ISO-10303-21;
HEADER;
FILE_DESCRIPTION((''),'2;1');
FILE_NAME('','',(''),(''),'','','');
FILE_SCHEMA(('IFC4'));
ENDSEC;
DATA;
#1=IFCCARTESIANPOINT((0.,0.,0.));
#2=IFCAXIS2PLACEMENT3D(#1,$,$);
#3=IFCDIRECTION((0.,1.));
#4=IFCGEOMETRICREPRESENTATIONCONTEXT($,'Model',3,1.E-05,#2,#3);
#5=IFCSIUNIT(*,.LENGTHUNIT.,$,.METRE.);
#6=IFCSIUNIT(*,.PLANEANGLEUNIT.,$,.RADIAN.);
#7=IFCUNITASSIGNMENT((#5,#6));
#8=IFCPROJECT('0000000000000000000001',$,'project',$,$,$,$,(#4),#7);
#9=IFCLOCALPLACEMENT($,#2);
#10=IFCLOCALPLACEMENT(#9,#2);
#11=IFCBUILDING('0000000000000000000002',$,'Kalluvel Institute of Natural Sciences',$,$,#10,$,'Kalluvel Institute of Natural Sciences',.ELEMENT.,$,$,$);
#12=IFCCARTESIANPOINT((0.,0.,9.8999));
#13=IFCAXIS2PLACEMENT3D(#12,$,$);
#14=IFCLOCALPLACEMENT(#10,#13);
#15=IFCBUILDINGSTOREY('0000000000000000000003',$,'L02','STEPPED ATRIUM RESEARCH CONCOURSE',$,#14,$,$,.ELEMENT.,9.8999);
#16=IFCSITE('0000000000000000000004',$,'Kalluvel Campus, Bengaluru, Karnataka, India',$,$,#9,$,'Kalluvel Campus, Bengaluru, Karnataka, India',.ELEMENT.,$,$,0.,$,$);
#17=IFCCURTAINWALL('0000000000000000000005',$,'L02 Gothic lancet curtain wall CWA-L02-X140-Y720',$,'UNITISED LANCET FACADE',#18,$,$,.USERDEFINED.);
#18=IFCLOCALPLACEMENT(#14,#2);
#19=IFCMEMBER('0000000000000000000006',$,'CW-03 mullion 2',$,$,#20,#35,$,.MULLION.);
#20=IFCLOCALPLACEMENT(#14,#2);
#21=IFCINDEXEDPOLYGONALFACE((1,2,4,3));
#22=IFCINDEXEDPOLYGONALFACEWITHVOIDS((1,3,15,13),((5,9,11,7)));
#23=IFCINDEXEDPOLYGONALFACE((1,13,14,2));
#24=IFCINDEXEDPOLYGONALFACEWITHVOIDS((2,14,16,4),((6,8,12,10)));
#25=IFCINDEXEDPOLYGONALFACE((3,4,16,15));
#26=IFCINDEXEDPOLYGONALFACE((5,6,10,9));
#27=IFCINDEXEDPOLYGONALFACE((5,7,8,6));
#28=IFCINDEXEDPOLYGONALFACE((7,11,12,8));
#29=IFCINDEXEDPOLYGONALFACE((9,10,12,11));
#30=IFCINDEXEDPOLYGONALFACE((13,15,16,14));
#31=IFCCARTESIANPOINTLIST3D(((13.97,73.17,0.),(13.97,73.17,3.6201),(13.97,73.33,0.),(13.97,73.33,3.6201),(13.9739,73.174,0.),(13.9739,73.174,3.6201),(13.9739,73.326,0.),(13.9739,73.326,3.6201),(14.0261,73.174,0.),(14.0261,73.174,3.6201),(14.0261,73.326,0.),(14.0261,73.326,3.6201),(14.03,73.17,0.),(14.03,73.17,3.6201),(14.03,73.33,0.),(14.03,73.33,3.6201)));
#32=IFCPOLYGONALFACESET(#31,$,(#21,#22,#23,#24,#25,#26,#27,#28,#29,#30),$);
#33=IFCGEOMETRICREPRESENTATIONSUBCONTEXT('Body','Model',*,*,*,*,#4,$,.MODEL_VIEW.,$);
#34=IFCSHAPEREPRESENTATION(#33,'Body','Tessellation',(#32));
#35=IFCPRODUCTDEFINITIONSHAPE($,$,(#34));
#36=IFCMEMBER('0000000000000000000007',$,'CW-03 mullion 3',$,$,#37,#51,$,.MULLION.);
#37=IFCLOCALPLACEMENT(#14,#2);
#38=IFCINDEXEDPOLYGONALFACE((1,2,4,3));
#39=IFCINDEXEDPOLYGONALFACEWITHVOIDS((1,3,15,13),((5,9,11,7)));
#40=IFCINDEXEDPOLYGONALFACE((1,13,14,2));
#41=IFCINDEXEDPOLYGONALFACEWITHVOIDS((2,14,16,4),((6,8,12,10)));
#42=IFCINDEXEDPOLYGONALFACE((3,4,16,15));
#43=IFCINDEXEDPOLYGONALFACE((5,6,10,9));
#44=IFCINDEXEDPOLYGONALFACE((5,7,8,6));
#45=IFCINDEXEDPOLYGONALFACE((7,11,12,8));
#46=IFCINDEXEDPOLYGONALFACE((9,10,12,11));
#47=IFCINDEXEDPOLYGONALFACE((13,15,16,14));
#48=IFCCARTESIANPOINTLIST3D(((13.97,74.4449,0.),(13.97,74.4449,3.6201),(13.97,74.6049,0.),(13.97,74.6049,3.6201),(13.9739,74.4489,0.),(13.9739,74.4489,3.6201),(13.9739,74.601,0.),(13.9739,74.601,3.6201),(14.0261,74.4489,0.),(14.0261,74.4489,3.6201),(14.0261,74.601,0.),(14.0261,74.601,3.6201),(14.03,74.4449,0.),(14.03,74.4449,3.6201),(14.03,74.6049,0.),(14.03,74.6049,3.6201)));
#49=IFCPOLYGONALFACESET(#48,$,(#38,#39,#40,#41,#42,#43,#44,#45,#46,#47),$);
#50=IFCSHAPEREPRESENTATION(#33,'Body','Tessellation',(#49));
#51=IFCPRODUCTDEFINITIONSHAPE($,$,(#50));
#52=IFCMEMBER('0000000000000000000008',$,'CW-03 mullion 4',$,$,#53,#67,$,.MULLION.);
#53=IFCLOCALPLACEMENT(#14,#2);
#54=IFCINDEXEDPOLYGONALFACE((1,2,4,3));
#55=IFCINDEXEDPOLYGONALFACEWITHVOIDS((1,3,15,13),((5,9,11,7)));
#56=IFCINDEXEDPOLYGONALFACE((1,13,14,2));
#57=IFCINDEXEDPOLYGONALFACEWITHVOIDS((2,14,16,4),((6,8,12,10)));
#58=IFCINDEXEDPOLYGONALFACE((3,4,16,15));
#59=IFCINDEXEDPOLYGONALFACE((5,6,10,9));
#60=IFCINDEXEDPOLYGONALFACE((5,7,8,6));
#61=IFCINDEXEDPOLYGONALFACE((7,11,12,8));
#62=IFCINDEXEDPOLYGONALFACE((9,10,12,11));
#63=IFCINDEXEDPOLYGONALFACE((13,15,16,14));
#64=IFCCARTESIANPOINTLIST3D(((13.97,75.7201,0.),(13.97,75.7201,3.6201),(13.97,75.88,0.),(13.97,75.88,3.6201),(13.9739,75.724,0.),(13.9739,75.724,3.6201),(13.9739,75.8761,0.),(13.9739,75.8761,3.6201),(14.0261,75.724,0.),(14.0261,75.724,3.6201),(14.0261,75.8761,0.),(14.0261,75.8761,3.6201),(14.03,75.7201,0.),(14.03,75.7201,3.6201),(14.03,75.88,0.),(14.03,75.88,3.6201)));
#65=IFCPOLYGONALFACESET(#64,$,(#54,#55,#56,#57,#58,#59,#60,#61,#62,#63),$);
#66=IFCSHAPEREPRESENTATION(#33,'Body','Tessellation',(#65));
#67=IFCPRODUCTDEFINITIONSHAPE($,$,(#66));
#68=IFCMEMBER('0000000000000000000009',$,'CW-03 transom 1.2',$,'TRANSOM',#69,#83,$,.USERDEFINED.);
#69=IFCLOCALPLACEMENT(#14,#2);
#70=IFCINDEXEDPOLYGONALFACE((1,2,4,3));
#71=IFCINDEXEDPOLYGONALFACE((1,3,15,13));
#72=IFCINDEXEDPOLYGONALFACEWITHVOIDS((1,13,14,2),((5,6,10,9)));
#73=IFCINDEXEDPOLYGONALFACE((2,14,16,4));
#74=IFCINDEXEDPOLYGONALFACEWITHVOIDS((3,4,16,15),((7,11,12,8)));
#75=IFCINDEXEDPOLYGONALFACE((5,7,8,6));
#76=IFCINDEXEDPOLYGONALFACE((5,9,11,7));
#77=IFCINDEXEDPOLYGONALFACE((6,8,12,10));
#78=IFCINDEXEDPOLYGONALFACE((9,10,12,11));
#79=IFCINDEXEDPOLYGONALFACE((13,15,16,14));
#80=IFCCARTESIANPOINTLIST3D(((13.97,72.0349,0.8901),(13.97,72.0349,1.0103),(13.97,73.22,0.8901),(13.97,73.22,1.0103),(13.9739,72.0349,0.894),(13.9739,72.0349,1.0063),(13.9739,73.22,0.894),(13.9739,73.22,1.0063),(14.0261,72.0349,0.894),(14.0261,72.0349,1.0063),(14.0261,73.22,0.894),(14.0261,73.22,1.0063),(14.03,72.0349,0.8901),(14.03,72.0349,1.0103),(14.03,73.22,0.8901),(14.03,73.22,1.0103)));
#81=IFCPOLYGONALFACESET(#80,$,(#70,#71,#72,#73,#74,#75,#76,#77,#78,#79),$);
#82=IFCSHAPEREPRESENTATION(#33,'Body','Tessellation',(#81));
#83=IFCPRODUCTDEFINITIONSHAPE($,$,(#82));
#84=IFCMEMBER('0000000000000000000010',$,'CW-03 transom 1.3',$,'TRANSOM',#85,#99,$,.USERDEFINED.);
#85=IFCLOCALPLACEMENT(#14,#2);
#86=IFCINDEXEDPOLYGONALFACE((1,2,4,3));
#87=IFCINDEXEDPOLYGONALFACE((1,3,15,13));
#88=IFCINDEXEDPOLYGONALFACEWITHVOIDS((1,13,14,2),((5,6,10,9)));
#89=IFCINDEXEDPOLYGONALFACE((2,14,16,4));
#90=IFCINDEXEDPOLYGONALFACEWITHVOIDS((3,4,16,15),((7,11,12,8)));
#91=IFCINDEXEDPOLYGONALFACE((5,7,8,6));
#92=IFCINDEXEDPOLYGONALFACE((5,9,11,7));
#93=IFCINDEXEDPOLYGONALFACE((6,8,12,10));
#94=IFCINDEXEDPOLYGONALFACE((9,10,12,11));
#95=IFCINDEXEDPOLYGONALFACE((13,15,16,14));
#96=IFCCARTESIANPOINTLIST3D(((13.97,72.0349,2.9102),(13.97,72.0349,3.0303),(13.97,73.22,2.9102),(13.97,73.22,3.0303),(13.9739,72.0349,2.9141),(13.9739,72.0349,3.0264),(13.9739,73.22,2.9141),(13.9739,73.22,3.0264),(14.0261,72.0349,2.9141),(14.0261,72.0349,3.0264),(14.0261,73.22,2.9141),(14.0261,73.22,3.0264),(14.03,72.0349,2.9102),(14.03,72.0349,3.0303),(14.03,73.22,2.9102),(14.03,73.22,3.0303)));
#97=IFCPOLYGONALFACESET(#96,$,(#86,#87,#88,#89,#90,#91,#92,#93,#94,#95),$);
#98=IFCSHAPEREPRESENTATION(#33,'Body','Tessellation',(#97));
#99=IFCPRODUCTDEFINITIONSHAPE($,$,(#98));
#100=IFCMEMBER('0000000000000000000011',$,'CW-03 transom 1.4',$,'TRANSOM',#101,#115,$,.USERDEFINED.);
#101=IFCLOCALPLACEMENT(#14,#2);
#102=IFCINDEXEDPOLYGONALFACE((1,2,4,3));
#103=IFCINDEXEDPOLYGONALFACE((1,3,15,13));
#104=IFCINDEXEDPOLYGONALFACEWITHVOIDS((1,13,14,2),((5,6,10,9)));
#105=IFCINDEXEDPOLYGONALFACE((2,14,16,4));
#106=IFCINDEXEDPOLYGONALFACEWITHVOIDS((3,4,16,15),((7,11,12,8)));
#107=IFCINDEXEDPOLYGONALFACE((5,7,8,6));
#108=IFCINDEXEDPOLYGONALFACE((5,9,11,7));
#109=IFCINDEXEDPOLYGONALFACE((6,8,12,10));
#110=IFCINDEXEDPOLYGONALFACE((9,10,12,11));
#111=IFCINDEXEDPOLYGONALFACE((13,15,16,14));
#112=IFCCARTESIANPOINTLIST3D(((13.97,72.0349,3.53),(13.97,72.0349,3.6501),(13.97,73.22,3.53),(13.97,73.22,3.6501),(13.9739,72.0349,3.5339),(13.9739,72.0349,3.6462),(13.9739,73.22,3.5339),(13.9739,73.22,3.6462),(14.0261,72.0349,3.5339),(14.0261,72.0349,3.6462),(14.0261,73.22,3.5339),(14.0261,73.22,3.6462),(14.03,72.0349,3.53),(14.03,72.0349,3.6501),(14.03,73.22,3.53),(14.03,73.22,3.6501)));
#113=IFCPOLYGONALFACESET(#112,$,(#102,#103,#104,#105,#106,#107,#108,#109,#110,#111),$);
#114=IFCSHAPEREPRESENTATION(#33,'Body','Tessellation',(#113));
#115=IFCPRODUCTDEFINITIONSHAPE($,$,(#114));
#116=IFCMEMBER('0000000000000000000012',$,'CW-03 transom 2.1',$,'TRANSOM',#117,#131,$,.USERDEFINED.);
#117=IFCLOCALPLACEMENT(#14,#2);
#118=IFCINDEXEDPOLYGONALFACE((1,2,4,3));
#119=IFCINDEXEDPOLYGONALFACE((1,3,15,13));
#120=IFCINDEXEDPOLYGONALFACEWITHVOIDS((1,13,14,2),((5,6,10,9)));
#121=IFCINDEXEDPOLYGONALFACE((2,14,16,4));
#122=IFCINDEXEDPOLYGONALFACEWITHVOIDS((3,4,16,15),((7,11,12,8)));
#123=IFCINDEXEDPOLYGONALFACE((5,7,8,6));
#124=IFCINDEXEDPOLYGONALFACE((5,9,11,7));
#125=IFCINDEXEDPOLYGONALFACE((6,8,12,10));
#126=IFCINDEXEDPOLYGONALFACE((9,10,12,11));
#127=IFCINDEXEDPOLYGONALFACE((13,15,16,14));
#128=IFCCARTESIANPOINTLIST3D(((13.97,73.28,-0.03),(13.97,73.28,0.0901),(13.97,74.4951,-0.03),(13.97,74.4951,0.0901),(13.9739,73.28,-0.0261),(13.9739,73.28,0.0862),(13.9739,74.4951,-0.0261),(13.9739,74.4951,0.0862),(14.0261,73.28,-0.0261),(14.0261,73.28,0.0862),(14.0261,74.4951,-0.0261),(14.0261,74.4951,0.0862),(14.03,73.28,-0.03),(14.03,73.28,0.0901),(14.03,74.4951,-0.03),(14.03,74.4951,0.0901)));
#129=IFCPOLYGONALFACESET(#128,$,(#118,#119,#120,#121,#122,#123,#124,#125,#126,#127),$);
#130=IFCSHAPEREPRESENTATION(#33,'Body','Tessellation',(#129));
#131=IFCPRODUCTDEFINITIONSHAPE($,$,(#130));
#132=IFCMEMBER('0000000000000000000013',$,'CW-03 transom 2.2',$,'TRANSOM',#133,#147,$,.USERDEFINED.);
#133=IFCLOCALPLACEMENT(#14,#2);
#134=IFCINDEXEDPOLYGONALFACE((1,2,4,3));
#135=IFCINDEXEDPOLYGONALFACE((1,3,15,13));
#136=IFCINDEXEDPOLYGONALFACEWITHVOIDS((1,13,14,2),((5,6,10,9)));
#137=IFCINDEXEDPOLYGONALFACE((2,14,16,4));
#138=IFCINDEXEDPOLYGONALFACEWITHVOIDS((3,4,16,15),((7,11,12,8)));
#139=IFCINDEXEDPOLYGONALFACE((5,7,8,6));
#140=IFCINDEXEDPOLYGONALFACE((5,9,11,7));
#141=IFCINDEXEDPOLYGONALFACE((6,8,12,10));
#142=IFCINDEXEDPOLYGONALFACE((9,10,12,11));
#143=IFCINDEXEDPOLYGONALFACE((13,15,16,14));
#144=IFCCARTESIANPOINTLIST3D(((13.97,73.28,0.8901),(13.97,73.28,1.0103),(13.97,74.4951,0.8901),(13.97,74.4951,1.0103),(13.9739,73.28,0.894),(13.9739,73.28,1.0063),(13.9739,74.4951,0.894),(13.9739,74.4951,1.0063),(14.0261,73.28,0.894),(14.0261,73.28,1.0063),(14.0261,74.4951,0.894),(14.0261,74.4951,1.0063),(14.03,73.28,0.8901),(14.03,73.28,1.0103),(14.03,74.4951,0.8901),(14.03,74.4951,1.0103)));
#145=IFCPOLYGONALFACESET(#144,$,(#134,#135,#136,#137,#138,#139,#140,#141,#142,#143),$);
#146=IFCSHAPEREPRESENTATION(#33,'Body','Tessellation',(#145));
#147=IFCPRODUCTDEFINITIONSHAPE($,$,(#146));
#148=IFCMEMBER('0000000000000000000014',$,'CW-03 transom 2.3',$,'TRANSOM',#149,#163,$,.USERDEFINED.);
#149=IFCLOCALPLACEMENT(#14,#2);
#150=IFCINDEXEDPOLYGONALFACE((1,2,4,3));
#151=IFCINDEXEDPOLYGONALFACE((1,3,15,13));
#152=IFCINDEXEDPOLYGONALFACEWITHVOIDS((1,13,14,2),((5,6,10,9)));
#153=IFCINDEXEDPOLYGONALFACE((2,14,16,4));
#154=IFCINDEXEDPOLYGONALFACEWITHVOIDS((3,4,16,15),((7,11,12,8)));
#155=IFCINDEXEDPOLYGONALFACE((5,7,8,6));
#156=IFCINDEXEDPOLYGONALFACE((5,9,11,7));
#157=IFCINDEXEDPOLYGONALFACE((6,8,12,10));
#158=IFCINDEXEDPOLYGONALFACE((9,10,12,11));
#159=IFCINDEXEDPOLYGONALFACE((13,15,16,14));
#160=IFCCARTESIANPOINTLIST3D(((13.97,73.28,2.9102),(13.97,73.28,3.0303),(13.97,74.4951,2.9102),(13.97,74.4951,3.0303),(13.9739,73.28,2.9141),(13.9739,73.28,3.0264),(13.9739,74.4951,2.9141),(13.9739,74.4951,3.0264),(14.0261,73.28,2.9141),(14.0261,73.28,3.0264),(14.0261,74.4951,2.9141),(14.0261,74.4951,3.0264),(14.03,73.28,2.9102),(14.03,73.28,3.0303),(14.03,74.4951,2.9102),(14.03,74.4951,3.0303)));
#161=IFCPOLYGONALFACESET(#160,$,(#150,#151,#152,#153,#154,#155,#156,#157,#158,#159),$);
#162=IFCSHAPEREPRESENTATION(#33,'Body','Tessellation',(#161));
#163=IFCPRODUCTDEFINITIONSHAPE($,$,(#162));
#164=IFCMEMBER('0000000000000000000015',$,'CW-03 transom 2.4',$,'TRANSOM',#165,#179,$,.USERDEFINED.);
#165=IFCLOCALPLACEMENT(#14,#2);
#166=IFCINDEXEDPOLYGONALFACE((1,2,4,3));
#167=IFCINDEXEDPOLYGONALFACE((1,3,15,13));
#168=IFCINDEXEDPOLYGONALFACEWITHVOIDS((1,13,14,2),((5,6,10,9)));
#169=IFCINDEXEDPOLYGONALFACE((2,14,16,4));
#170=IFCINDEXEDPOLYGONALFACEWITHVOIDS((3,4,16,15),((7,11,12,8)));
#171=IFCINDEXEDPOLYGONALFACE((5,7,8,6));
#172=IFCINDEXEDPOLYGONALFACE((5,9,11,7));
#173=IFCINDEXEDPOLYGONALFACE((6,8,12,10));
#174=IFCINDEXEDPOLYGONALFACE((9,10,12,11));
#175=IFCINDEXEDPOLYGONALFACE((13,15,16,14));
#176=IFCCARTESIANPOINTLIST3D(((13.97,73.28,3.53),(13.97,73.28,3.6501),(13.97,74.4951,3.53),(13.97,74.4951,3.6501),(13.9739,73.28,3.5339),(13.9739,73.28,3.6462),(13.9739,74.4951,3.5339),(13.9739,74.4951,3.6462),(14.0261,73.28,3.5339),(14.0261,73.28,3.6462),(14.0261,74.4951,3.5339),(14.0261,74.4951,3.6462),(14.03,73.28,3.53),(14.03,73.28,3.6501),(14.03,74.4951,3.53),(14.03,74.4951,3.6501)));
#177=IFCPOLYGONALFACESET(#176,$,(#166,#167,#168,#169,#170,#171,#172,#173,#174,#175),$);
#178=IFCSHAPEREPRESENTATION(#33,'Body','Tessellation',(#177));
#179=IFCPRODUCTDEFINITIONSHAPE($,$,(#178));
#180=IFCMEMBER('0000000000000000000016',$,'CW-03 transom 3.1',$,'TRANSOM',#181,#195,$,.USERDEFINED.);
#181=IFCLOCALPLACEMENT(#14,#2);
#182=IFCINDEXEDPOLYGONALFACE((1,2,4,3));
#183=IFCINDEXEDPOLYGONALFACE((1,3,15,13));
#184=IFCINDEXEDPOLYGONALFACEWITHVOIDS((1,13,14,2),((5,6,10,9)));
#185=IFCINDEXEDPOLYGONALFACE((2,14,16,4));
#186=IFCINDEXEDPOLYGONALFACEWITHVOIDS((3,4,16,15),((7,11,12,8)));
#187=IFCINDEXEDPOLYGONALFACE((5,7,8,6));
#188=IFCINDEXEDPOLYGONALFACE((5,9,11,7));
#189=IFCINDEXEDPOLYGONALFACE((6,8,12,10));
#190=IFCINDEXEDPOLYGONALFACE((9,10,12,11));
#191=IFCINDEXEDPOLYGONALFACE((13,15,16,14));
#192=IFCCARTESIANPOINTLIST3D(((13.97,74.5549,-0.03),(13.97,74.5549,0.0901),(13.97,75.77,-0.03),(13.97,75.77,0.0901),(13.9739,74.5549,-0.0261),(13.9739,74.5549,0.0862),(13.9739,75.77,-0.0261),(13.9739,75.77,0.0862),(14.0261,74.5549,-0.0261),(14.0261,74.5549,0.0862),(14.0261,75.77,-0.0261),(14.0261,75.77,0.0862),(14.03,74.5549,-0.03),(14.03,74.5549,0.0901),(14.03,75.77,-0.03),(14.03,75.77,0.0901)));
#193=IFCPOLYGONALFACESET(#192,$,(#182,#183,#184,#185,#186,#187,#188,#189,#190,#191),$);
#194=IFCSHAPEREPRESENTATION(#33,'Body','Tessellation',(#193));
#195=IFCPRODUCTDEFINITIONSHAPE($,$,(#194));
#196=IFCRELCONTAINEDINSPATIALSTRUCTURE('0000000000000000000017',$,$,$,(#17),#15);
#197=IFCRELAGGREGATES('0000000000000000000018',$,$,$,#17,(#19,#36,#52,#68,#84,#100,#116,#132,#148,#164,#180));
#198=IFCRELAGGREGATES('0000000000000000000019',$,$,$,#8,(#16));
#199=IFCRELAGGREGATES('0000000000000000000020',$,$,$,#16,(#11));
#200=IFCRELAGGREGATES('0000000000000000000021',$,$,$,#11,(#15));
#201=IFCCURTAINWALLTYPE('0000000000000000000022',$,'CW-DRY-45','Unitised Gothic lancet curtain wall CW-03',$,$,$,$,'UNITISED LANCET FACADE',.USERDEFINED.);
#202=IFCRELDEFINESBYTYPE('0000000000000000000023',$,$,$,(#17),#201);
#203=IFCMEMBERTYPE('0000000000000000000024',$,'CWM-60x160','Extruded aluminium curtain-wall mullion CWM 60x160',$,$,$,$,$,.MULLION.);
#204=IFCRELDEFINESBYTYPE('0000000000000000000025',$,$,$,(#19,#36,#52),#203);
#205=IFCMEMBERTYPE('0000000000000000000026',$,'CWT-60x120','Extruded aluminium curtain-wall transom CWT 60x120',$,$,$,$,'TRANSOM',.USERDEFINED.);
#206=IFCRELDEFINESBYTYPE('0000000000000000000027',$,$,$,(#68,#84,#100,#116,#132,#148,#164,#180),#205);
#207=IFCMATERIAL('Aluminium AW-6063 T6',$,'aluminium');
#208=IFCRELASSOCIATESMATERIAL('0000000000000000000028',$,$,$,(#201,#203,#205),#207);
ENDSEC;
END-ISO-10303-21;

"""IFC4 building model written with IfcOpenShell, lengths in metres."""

from ifc_helpers import new_model, si_unit, direction, frame, origin, origin_2d, place, context, subcontext, project, spatial, hollow_rectangle, extrude, material, material_profile, profile_set, type_object, element, aggregate, save


model = new_model("IFC4")

# Units and contexts
model_context = context("Model", 3, precision=1e-05, world=origin(), true_north=direction((0.0, 1.0)))
body_context = subcontext(model_context, "Body", "Model", "MODEL_VIEW")
ifc_project = project(units=[si_unit("LENGTHUNIT", "METRE"), si_unit("PLANEANGLEUNIT", "RADIAN")], contexts=[model_context])

# Site, building, storey
site_placement = place(None, origin())
site = spatial("IfcSite", under=ifc_project, at=site_placement, Name="Kalluvel Campus, Bengaluru, Karnataka, India", LongName="Kalluvel Campus, Bengaluru, Karnataka, India", CompositionType="ELEMENT", RefElevation=0.0)
building_placement = place(site_placement, origin())
building = spatial("IfcBuilding", under=site, at=building_placement, Name="Kalluvel Institute of Natural Sciences", LongName="Kalluvel Institute of Natural Sciences", CompositionType="ELEMENT")
storey_placement = place(building_placement, frame((0.0, 0.0, 9.8999)))
storey = spatial("IfcBuildingStorey", under=building, at=storey_placement, Name="L02", Description="STEPPED ATRIUM RESEARCH CONCOURSE", CompositionType="ELEMENT", Elevation=9.8999)

# Curtain wall, members
ifc_material_1 = material(Name="Aluminium AW-6063 T6", Category="aluminium")
curtain_wall_type = type_object("IfcCurtainWallType", Name="CW-DRY-45", Description="Unitised Gothic lancet curtain wall CW-03", ElementType="UNITISED LANCET FACADE", PredefinedType="USERDEFINED", material=ifc_material_1)
curtain_wall_placement = place(storey_placement, origin())
curtain_wall = element("IfcCurtainWall", 1, at=curtain_wall_placement, inside=storey, type_object=curtain_wall_type, Name="L02 Gothic lancet curtain wall CWA-L02-X140-Y720", ObjectType="UNITISED LANCET FACADE", PredefinedType="USERDEFINED")
ifc_material_profile_1 = material_profile(ifc_material_1, hollow_rectangle(XDim=0.0601, YDim=0.1599, WallThickness=0.0039, at=origin_2d()), Name="CWM 60x160")
ifc_profile_set_1 = profile_set([ifc_material_profile_1], Name="Aluminium AW-6063 T6")
member_type_1 = type_object("IfcMemberType", Name="CWM-60x160", Description="Extruded aluminium curtain-wall mullion CWM 60x160", PredefinedType="MULLION", material=ifc_profile_set_1)
member_1_placement = place(storey_placement, frame((14.0, 73.25, 0.0), z_axis=(0.0, 0.0, 1.0), x_axis=(-1.0, 0.0, 0.0)))
member_1 = element("IfcMember", 2, at=member_1_placement, type_object=member_type_1, Name="CW-03 mullion 2", PredefinedType="MULLION", context=body_context, shape_type="SweptSolid", body=[
    extrude(hollow_rectangle(XDim=0.0601, YDim=0.1599, WallThickness=0.0039, at=origin_2d()), origin(), (0.0, 0.0, 1.0), 3.6201),
])
member_2_placement = place(storey_placement, frame((14.0, 74.5249, 0.0), z_axis=(0.0, 0.0, 1.0), x_axis=(-1.0, 0.0, 0.0)))
member_2 = element("IfcMember", 3, at=member_2_placement, type_object=member_type_1, Name="CW-03 mullion 3", PredefinedType="MULLION", context=body_context, shape_type="SweptSolid", body=[
    extrude(hollow_rectangle(XDim=0.0601, YDim=0.1599, WallThickness=0.0039, at=origin_2d()), origin(), (0.0, 0.0, 1.0), 3.6201),
])
member_3_placement = place(storey_placement, frame((14.0, 75.8, 0.0), z_axis=(0.0, 0.0, 1.0), x_axis=(-1.0, 0.0, 0.0)))
member_3 = element("IfcMember", 4, at=member_3_placement, type_object=member_type_1, Name="CW-03 mullion 4", PredefinedType="MULLION", context=body_context, shape_type="SweptSolid", body=[
    extrude(hollow_rectangle(XDim=0.0601, YDim=0.1599, WallThickness=0.0039, at=origin_2d()), origin(), (0.0, 0.0, 1.0), 3.6201),
])
ifc_material_profile_2 = material_profile(ifc_material_1, hollow_rectangle(XDim=0.0601, YDim=0.1201, WallThickness=0.0039, at=origin_2d()), Name="CWT 60x120")
ifc_profile_set_2 = profile_set([ifc_material_profile_2], Name="Aluminium AW-6063 T6")
member_type_2 = type_object("IfcMemberType", Name="CWT-60x120", Description="Extruded aluminium curtain-wall transom CWT 60x120", ElementType="TRANSOM", PredefinedType="USERDEFINED", material=ifc_profile_set_2)
member_4_placement = place(storey_placement, frame((14.0, 72.0349, 0.9502), z_axis=(0.0, 1.0, 0.0), x_axis=(-1.0, 0.0, 0.0)))
member_4 = element("IfcMember", 5, at=member_4_placement, type_object=member_type_2, Name="CW-03 transom 1.2", ObjectType="TRANSOM", PredefinedType="USERDEFINED", context=body_context, shape_type="SweptSolid", body=[
    extrude(hollow_rectangle(XDim=0.0601, YDim=0.1201, WallThickness=0.0039, at=origin_2d()), origin(), (0.0, 0.0, 1.0), 1.1851),
])
member_5_placement = place(storey_placement, frame((14.0, 72.0349, 2.9702), z_axis=(0.0, 1.0, 0.0), x_axis=(-1.0, 0.0, 0.0)))
member_5 = element("IfcMember", 6, at=member_5_placement, type_object=member_type_2, Name="CW-03 transom 1.3", ObjectType="TRANSOM", PredefinedType="USERDEFINED", context=body_context, shape_type="SweptSolid", body=[
    extrude(hollow_rectangle(XDim=0.0601, YDim=0.1201, WallThickness=0.0039, at=origin_2d()), origin(), (0.0, 0.0, 1.0), 1.1851),
])
member_6_placement = place(storey_placement, frame((14.0, 72.0349, 3.5901), z_axis=(0.0, 1.0, 0.0), x_axis=(-1.0, 0.0, 0.0)))
member_6 = element("IfcMember", 7, at=member_6_placement, type_object=member_type_2, Name="CW-03 transom 1.4", ObjectType="TRANSOM", PredefinedType="USERDEFINED", context=body_context, shape_type="SweptSolid", body=[
    extrude(hollow_rectangle(XDim=0.0601, YDim=0.1201, WallThickness=0.0039, at=origin_2d()), origin(), (0.0, 0.0, 1.0), 1.1851),
])
member_7_placement = place(storey_placement, frame((14.0, 73.28, 0.03), z_axis=(0.0, 1.0, 0.0), x_axis=(-1.0, 0.0, 0.0)))
member_7 = element("IfcMember", 8, at=member_7_placement, type_object=member_type_2, Name="CW-03 transom 2.1", ObjectType="TRANSOM", PredefinedType="USERDEFINED", context=body_context, shape_type="SweptSolid", body=[
    extrude(hollow_rectangle(XDim=0.0601, YDim=0.1201, WallThickness=0.0039, at=origin_2d()), origin(), (0.0, 0.0, 1.0), 1.2151),
])
member_8_placement = place(storey_placement, frame((14.0, 73.28, 0.9502), z_axis=(0.0, 1.0, 0.0), x_axis=(-1.0, 0.0, 0.0)))
member_8 = element("IfcMember", 9, at=member_8_placement, type_object=member_type_2, Name="CW-03 transom 2.2", ObjectType="TRANSOM", PredefinedType="USERDEFINED", context=body_context, shape_type="SweptSolid", body=[
    extrude(hollow_rectangle(XDim=0.0601, YDim=0.1201, WallThickness=0.0039, at=origin_2d()), origin(), (0.0, 0.0, 1.0), 1.2151),
])
member_9_placement = place(storey_placement, frame((14.0, 73.28, 2.9702), z_axis=(0.0, 1.0, 0.0), x_axis=(-1.0, 0.0, 0.0)))
member_9 = element("IfcMember", 10, at=member_9_placement, type_object=member_type_2, Name="CW-03 transom 2.3", ObjectType="TRANSOM", PredefinedType="USERDEFINED", context=body_context, shape_type="SweptSolid", body=[
    extrude(hollow_rectangle(XDim=0.0601, YDim=0.1201, WallThickness=0.0039, at=origin_2d()), origin(), (0.0, 0.0, 1.0), 1.2151),
])
member_10_placement = place(storey_placement, frame((14.0, 73.28, 3.5901), z_axis=(0.0, 1.0, 0.0), x_axis=(-1.0, 0.0, 0.0)))
member_10 = element("IfcMember", 11, at=member_10_placement, type_object=member_type_2, Name="CW-03 transom 2.4", ObjectType="TRANSOM", PredefinedType="USERDEFINED", context=body_context, shape_type="SweptSolid", body=[
    extrude(hollow_rectangle(XDim=0.0601, YDim=0.1201, WallThickness=0.0039, at=origin_2d()), origin(), (0.0, 0.0, 1.0), 1.2151),
])
member_11_placement = place(storey_placement, frame((14.0, 74.5549, 0.03), z_axis=(0.0, 1.0, 0.0), x_axis=(-1.0, 0.0, 0.0)))
member_11 = element("IfcMember", 12, at=member_11_placement, type_object=member_type_2, Name="CW-03 transom 3.1", ObjectType="TRANSOM", PredefinedType="USERDEFINED", context=body_context, shape_type="SweptSolid", body=[
    extrude(hollow_rectangle(XDim=0.0601, YDim=0.1201, WallThickness=0.0039, at=origin_2d()), origin(), (0.0, 0.0, 1.0), 1.2151),
])

aggregate(curtain_wall, [member_1, member_2, member_3, member_4, member_5, member_6, member_7, member_8, member_9, member_10, member_11])

save(model, "model.ifc")
